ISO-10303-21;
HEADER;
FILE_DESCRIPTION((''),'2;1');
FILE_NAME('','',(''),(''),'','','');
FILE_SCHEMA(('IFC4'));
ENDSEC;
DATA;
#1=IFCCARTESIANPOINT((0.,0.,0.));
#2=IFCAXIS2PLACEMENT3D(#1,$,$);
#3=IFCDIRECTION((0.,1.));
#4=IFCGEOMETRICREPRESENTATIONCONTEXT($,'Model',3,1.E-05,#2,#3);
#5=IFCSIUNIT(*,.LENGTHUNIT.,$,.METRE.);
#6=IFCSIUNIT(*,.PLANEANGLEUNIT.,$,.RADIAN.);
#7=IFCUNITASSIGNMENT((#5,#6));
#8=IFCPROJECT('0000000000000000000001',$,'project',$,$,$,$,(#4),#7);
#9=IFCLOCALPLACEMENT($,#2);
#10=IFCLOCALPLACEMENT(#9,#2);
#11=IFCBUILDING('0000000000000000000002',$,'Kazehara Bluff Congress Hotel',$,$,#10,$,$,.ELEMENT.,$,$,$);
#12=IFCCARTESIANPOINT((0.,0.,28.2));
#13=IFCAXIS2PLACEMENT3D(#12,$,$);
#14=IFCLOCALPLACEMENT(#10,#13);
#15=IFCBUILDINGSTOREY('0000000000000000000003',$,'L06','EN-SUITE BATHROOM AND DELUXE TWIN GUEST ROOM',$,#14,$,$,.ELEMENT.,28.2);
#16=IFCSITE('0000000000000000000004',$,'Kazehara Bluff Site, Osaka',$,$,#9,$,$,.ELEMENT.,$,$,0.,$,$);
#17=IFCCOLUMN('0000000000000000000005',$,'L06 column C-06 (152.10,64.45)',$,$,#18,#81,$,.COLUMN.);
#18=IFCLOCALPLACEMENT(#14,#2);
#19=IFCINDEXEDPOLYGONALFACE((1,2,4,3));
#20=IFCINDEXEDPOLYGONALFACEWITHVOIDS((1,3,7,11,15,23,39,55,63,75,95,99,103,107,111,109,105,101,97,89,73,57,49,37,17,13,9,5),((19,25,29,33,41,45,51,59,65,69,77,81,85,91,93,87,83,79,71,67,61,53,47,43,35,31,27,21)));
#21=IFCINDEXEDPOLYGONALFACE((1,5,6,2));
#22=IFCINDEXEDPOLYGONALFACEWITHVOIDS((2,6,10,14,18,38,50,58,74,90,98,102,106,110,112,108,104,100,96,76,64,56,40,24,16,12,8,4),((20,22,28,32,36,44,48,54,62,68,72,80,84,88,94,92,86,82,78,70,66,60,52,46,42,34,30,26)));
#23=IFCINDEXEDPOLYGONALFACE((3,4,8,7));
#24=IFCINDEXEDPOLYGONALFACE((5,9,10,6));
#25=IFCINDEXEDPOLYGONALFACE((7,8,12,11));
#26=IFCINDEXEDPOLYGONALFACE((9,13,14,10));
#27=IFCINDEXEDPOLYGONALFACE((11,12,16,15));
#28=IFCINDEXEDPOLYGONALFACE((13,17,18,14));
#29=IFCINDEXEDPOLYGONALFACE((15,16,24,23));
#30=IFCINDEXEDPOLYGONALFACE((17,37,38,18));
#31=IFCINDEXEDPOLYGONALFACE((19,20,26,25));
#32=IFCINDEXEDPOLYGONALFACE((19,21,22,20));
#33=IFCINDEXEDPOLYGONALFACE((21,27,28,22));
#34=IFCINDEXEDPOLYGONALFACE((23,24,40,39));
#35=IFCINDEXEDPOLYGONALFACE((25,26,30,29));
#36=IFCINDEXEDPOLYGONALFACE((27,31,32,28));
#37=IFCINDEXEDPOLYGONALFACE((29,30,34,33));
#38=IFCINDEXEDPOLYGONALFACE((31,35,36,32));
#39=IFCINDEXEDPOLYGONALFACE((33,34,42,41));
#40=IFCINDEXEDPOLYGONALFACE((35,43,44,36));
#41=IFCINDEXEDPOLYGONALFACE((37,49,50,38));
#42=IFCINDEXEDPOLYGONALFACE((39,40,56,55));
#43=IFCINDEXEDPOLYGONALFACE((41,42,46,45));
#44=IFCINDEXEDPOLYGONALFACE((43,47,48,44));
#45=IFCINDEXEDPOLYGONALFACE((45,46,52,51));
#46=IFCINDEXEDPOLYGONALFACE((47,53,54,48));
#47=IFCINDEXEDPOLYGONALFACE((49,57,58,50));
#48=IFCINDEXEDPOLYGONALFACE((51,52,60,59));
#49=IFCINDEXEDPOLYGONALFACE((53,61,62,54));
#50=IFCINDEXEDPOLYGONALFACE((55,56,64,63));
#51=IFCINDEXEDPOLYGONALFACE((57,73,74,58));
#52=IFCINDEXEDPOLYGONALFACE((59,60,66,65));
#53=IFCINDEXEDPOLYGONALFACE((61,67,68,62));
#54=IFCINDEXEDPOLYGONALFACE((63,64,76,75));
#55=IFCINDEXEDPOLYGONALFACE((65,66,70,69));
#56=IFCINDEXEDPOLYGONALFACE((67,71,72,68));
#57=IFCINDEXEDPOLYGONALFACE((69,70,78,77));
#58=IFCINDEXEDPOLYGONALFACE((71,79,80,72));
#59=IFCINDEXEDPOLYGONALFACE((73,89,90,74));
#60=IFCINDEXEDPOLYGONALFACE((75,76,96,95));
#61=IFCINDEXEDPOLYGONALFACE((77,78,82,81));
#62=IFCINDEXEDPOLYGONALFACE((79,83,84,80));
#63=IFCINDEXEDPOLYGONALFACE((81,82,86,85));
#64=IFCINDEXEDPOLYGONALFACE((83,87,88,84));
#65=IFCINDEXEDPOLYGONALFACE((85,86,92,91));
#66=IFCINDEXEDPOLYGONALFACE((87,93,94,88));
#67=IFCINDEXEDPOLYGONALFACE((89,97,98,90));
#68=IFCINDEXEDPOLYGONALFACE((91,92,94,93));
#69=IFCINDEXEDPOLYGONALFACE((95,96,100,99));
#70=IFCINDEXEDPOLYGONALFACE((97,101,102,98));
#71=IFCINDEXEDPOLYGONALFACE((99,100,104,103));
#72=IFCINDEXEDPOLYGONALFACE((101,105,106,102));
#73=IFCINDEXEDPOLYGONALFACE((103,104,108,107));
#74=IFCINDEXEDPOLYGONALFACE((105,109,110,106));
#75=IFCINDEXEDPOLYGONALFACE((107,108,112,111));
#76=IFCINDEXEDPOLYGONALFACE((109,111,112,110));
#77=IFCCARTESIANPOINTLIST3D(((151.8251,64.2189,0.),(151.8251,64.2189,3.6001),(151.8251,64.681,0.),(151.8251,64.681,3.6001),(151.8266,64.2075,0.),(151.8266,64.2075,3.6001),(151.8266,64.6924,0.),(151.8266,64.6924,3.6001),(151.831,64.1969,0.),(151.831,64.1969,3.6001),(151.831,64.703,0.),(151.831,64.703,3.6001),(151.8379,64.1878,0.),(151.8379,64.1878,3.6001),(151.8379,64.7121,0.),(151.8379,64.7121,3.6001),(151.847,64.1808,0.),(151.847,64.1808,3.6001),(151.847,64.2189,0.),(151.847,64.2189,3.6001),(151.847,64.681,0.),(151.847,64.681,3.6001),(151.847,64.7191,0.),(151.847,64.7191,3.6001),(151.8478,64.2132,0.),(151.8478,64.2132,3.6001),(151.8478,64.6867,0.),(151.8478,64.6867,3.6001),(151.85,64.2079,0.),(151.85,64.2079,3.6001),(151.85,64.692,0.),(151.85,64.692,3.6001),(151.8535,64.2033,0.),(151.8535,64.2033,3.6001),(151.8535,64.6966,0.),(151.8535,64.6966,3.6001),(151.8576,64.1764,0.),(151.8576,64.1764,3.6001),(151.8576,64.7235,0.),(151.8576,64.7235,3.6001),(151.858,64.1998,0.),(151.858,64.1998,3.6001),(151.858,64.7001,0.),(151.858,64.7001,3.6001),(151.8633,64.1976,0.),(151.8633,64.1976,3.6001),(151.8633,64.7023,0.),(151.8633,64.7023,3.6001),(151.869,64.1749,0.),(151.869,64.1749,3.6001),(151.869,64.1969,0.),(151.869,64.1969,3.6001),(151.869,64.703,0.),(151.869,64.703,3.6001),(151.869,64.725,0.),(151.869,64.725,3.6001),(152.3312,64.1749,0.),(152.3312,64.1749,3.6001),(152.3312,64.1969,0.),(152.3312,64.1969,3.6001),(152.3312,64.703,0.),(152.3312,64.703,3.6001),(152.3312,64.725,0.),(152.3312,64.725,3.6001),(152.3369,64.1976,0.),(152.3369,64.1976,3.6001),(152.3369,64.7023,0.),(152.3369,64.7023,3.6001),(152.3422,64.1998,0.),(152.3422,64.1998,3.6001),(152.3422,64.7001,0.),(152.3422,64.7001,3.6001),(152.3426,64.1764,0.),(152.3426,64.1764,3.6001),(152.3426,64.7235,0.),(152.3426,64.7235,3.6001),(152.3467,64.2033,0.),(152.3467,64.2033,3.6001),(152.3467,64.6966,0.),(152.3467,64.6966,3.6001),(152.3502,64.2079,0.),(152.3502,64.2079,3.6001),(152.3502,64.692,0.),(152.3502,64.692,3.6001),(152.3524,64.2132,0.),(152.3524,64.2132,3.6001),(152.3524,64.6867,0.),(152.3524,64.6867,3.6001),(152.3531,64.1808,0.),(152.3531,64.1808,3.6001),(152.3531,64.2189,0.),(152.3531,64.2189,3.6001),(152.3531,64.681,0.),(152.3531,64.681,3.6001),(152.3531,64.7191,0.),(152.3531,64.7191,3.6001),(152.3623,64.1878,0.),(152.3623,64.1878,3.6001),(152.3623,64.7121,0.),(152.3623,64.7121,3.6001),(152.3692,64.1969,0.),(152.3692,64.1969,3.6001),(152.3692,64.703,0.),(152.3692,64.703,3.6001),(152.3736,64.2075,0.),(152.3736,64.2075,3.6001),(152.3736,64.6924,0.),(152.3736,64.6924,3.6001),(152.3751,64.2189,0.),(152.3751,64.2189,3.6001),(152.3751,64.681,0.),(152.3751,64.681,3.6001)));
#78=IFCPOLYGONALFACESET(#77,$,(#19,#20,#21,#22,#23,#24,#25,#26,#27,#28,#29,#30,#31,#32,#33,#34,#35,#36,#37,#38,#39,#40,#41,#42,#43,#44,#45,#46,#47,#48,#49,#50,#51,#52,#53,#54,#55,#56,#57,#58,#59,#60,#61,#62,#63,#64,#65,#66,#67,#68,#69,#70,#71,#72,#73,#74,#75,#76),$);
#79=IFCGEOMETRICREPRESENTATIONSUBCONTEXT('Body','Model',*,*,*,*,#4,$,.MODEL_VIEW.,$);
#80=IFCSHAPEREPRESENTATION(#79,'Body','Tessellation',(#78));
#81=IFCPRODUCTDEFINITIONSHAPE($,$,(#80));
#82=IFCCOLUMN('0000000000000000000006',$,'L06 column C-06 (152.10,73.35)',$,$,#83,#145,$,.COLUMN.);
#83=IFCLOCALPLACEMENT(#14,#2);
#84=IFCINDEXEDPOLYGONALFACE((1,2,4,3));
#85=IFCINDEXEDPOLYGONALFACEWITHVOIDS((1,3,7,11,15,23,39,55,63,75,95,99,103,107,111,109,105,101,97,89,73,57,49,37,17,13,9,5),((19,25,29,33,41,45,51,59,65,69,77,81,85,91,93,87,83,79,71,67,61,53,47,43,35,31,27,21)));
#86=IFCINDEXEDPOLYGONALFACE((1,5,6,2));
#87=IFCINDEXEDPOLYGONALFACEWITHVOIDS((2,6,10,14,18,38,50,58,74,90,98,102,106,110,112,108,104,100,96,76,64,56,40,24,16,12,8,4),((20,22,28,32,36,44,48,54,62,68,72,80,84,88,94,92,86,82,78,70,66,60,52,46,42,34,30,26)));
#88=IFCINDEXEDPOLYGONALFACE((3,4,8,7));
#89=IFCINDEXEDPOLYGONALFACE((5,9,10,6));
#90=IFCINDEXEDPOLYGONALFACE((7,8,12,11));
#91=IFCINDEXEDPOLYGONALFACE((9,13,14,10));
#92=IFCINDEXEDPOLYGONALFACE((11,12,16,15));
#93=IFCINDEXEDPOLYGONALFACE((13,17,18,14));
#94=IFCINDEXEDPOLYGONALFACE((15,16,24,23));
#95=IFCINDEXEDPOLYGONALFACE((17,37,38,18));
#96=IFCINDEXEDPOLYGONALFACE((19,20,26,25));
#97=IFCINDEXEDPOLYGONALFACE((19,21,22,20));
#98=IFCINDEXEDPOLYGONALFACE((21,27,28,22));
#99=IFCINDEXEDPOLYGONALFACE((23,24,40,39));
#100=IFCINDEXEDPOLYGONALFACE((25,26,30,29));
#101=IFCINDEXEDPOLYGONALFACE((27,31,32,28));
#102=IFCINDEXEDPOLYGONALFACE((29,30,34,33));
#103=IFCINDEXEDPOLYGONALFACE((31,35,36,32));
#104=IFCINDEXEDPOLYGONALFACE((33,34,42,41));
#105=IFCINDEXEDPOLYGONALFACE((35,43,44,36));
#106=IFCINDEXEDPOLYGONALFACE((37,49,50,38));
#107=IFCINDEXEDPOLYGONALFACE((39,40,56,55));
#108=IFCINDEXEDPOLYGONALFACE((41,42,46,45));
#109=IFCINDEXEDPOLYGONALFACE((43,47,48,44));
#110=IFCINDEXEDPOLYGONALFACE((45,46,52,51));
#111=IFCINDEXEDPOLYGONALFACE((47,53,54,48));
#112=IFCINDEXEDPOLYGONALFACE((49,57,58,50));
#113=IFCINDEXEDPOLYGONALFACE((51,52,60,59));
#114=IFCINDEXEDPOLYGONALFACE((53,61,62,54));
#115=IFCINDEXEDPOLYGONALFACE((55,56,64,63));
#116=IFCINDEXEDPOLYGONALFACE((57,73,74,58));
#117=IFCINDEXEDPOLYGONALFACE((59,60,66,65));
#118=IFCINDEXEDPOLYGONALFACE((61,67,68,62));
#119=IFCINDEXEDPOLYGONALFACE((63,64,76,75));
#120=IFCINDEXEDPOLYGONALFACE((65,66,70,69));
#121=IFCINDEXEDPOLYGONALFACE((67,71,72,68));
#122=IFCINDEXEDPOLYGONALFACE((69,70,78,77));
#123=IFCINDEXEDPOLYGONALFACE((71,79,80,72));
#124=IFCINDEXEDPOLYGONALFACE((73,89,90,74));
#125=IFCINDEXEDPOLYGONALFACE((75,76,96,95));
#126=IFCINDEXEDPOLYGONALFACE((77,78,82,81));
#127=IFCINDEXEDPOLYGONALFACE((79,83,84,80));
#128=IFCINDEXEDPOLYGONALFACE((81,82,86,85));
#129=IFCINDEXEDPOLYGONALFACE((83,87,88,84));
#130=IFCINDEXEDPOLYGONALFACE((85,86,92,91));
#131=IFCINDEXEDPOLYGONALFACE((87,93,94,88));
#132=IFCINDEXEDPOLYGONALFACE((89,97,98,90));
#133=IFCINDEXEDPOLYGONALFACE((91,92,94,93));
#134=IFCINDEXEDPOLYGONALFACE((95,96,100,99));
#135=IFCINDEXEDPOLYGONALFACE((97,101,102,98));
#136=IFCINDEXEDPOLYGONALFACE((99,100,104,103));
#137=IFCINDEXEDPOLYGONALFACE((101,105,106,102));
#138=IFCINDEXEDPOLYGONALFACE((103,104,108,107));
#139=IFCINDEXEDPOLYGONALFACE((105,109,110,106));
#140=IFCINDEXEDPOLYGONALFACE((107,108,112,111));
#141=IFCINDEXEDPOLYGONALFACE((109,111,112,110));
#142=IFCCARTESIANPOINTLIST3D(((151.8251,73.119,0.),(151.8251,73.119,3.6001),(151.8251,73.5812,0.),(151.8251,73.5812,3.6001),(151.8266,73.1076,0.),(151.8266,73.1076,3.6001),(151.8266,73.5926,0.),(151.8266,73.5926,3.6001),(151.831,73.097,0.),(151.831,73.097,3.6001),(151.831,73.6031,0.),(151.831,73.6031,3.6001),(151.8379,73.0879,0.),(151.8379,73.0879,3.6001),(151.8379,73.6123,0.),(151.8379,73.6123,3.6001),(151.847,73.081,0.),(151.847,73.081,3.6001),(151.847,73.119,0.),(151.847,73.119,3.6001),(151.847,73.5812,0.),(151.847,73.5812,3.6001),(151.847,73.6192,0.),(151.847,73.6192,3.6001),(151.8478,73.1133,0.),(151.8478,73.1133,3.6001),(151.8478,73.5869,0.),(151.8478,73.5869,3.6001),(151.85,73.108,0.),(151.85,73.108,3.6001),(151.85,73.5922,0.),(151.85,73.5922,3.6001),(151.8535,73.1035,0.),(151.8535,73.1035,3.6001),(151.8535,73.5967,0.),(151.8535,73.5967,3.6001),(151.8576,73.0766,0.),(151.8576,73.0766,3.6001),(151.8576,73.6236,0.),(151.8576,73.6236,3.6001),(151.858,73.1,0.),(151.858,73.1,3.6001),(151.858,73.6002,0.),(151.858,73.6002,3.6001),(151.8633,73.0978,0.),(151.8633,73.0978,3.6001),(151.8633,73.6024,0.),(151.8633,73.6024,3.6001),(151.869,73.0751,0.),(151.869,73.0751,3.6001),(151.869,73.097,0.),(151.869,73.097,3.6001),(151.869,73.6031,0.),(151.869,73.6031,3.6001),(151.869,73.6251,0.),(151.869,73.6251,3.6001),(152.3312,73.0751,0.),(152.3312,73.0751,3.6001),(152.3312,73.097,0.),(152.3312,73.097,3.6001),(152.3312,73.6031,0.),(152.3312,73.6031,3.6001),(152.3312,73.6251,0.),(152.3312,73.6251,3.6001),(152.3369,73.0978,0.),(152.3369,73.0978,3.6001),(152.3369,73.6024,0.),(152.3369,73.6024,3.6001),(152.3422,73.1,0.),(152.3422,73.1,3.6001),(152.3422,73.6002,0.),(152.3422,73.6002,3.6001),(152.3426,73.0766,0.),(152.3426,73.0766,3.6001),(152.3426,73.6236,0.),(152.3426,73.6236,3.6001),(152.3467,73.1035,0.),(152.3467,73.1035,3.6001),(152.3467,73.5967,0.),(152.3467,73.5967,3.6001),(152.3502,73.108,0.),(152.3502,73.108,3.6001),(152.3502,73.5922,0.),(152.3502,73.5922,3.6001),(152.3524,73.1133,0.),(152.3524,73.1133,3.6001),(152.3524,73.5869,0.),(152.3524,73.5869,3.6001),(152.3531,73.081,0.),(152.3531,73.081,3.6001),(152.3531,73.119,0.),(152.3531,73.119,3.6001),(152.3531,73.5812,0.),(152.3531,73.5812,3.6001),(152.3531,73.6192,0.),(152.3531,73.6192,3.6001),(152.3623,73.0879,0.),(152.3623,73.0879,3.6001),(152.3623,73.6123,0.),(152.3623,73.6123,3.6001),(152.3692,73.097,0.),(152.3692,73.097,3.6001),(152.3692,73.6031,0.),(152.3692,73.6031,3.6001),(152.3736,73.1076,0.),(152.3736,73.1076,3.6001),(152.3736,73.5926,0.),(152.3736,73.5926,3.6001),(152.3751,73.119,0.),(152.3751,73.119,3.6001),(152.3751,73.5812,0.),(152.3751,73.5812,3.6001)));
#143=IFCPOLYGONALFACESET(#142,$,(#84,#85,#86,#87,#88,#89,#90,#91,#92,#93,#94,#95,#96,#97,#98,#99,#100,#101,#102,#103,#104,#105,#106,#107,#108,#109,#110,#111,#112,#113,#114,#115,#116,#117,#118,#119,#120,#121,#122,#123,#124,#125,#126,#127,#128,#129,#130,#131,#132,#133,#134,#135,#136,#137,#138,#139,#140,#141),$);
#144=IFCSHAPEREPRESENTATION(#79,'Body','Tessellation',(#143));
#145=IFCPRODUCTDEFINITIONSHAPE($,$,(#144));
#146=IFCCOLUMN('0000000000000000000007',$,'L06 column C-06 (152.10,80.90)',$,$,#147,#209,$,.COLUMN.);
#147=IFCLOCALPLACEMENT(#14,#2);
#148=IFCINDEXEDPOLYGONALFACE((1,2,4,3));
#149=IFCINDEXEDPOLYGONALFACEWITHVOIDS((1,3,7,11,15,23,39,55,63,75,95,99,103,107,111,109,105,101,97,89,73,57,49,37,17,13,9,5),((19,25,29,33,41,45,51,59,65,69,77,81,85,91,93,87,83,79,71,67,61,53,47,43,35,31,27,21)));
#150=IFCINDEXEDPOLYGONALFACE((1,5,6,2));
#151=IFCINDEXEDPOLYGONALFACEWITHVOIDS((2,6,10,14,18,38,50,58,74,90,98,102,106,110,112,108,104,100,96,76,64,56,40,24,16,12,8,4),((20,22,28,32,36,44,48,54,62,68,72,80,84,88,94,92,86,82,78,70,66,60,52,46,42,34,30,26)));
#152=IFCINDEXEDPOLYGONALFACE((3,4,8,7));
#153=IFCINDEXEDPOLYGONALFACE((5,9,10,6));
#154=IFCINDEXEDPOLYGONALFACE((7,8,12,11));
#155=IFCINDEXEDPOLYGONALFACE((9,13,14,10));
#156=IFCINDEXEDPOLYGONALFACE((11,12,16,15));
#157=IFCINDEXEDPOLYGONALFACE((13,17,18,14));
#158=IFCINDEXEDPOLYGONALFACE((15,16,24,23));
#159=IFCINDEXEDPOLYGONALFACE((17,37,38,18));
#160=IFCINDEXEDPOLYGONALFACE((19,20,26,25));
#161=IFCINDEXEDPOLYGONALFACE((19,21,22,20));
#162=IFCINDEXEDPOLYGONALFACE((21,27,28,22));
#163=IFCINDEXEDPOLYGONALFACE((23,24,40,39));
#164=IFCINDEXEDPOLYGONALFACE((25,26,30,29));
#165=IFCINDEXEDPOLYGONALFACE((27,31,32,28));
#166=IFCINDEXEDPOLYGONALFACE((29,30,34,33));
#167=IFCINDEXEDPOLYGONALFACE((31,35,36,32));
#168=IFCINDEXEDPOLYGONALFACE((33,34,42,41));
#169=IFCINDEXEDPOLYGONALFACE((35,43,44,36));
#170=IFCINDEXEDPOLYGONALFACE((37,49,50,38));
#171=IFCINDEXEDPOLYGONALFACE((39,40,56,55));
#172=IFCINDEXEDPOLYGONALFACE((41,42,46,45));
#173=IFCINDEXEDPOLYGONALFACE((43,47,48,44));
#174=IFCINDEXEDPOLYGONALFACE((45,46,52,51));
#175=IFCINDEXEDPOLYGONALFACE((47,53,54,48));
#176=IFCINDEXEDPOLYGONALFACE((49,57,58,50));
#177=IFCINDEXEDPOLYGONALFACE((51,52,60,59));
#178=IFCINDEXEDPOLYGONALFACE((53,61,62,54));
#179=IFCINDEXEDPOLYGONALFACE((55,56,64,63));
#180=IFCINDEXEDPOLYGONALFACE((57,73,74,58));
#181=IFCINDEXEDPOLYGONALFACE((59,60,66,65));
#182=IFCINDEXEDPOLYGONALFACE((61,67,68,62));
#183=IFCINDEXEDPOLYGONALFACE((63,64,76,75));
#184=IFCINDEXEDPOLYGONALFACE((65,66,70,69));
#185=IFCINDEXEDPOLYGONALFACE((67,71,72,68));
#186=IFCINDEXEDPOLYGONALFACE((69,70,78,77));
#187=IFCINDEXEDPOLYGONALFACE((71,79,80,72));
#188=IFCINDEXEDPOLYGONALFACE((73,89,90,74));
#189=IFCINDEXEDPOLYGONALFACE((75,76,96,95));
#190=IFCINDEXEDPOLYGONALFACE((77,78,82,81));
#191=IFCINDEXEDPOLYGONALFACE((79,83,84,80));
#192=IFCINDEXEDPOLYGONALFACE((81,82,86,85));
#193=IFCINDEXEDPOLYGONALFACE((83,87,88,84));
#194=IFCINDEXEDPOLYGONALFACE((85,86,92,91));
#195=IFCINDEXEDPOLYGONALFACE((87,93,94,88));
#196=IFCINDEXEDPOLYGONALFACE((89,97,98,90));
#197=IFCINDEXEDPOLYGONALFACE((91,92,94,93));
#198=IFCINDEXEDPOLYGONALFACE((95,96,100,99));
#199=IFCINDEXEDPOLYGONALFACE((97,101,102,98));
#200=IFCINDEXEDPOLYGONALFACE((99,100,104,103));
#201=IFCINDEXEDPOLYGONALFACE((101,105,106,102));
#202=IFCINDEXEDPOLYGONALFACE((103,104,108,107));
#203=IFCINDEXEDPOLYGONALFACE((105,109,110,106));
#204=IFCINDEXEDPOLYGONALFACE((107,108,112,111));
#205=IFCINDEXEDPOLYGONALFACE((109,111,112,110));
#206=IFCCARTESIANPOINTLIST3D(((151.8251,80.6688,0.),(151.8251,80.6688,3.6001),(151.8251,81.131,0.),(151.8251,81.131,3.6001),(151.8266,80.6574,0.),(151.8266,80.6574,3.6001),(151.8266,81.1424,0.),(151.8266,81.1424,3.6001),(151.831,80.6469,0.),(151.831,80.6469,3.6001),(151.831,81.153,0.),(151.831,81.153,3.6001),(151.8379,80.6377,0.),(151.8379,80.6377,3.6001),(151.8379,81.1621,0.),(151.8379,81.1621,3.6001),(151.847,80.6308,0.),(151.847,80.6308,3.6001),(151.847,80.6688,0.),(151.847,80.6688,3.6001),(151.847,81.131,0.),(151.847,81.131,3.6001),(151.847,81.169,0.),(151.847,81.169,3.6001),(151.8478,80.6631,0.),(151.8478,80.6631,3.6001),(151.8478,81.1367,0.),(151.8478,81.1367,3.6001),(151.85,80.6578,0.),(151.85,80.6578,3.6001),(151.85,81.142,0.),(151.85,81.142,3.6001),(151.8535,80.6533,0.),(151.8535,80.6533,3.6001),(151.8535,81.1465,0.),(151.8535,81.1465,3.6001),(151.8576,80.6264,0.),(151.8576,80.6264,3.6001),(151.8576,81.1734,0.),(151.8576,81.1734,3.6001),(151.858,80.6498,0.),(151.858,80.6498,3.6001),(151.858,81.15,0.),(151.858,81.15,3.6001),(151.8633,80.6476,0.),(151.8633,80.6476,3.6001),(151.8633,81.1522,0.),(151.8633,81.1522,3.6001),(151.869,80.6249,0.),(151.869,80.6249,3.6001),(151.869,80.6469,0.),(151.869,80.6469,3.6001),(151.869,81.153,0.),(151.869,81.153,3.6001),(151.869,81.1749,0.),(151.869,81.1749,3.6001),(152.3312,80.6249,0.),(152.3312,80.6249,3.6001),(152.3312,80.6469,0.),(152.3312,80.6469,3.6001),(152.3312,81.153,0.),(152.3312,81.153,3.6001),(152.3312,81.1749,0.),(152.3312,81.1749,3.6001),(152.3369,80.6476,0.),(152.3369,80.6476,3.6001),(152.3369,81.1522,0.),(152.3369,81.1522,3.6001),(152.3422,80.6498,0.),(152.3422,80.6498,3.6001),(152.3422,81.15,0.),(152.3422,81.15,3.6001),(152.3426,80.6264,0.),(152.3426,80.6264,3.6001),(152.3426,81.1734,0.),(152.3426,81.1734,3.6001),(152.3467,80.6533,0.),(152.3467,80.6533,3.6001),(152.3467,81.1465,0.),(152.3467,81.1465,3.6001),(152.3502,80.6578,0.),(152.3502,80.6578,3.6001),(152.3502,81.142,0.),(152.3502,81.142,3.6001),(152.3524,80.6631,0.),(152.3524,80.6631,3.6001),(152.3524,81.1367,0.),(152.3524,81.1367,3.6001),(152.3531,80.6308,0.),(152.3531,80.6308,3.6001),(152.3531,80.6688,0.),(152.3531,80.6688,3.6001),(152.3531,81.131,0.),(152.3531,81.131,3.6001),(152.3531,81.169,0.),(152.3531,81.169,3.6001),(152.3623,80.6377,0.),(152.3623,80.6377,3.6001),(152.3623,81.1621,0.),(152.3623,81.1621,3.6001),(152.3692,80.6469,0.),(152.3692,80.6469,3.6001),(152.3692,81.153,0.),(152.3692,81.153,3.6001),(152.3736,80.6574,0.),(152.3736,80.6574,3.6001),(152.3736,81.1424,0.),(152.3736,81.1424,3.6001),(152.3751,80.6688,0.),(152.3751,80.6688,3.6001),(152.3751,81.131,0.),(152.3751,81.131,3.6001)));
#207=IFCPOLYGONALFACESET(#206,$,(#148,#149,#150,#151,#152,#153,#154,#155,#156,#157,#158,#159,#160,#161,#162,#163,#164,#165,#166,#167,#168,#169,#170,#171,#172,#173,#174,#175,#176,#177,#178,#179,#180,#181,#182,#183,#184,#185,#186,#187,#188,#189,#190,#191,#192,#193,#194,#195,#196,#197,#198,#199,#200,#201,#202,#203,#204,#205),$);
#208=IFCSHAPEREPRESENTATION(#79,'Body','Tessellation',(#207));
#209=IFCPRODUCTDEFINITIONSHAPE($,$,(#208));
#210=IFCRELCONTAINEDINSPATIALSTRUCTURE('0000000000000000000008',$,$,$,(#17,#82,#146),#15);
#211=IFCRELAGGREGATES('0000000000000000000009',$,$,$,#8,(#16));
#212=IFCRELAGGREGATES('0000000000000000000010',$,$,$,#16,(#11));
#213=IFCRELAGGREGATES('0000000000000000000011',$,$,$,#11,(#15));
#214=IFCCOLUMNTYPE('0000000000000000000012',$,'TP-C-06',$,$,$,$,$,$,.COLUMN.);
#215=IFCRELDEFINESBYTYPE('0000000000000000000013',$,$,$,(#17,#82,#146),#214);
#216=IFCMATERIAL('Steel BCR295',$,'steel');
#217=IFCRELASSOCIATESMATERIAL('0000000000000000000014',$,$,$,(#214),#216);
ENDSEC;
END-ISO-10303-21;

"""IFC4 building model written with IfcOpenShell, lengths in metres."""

from ifc_helpers import new_model, si_unit, direction, frame, origin, origin_2d, place, context, subcontext, project, spatial, hollow_rectangle, extrude, material, material_profile, profile_set, type_object, element, save


model = new_model("IFC4")

# Units and contexts
model_context = context("Model", 3, precision=1e-05, world=origin(), true_north=direction((0.0, 1.0)))
body_context = subcontext(model_context, "Body", "Model", "MODEL_VIEW")
ifc_project = project(units=[si_unit("LENGTHUNIT", "METRE"), si_unit("PLANEANGLEUNIT", "RADIAN")], contexts=[model_context])

# Site, building, storey
site_placement = place(None, origin())
site = spatial("IfcSite", under=ifc_project, at=site_placement, Name="Kazehara Bluff Site, Osaka", CompositionType="ELEMENT", RefElevation=0.0)
building_placement = place(site_placement, origin())
building = spatial("IfcBuilding", under=site, at=building_placement, Name="Kazehara Bluff Congress Hotel", CompositionType="ELEMENT")
storey_placement = place(building_placement, frame((0.0, 0.0, 28.2)))
storey = spatial("IfcBuildingStorey", under=building, at=storey_placement, Name="L06", Description="EN-SUITE BATHROOM AND DELUXE TWIN GUEST ROOM", CompositionType="ELEMENT", Elevation=28.2)

# Columns
ifc_material_1 = material(Name="Steel BCR295", Category="steel")
ifc_material_profile_1 = material_profile(ifc_material_1, hollow_rectangle(XDim=0.55, YDim=0.55, WallThickness=0.022, InnerFilletRadius=0.022, OuterFilletRadius=0.0439, at=origin_2d()))
ifc_profile_set_1 = profile_set([ifc_material_profile_1], Name="Steel BCR295")
column_type = type_object("IfcColumnType", Name="TP-C-06", PredefinedType="COLUMN", material=ifc_profile_set_1)
for number, where, z_axis, x_axis, name in (
    (1, (152.1001, 64.45, 0.0), (0.0, 0.0, 1.0), (1.0, 0.0, 0.0), "L06 column C-06 (152.10,64.45)"),
    (2, (152.1001, 73.3501, 0.0), (0.0, 0.0, 1.0), (1.0, 0.0, 0.0), "L06 column C-06 (152.10,73.35)"),
    (3, (152.1001, 80.8999, 0.0), (0.0, 0.0, 1.0), (1.0, 0.0, 0.0), "L06 column C-06 (152.10,80.90)"),
):
    element("IfcColumn", number, at=place(storey_placement, frame(where, z_axis=z_axis, x_axis=x_axis)), inside=storey, type_object=column_type, Name=name, PredefinedType="COLUMN", context=body_context, shape_type="SweptSolid", body=[
        extrude(hollow_rectangle(XDim=0.55, YDim=0.55, WallThickness=0.022, InnerFilletRadius=0.022, OuterFilletRadius=0.0439, at=origin_2d()), origin(), (0.0, 0.0, 1.0), 3.6001),
    ])

save(model, "model.ifc")
